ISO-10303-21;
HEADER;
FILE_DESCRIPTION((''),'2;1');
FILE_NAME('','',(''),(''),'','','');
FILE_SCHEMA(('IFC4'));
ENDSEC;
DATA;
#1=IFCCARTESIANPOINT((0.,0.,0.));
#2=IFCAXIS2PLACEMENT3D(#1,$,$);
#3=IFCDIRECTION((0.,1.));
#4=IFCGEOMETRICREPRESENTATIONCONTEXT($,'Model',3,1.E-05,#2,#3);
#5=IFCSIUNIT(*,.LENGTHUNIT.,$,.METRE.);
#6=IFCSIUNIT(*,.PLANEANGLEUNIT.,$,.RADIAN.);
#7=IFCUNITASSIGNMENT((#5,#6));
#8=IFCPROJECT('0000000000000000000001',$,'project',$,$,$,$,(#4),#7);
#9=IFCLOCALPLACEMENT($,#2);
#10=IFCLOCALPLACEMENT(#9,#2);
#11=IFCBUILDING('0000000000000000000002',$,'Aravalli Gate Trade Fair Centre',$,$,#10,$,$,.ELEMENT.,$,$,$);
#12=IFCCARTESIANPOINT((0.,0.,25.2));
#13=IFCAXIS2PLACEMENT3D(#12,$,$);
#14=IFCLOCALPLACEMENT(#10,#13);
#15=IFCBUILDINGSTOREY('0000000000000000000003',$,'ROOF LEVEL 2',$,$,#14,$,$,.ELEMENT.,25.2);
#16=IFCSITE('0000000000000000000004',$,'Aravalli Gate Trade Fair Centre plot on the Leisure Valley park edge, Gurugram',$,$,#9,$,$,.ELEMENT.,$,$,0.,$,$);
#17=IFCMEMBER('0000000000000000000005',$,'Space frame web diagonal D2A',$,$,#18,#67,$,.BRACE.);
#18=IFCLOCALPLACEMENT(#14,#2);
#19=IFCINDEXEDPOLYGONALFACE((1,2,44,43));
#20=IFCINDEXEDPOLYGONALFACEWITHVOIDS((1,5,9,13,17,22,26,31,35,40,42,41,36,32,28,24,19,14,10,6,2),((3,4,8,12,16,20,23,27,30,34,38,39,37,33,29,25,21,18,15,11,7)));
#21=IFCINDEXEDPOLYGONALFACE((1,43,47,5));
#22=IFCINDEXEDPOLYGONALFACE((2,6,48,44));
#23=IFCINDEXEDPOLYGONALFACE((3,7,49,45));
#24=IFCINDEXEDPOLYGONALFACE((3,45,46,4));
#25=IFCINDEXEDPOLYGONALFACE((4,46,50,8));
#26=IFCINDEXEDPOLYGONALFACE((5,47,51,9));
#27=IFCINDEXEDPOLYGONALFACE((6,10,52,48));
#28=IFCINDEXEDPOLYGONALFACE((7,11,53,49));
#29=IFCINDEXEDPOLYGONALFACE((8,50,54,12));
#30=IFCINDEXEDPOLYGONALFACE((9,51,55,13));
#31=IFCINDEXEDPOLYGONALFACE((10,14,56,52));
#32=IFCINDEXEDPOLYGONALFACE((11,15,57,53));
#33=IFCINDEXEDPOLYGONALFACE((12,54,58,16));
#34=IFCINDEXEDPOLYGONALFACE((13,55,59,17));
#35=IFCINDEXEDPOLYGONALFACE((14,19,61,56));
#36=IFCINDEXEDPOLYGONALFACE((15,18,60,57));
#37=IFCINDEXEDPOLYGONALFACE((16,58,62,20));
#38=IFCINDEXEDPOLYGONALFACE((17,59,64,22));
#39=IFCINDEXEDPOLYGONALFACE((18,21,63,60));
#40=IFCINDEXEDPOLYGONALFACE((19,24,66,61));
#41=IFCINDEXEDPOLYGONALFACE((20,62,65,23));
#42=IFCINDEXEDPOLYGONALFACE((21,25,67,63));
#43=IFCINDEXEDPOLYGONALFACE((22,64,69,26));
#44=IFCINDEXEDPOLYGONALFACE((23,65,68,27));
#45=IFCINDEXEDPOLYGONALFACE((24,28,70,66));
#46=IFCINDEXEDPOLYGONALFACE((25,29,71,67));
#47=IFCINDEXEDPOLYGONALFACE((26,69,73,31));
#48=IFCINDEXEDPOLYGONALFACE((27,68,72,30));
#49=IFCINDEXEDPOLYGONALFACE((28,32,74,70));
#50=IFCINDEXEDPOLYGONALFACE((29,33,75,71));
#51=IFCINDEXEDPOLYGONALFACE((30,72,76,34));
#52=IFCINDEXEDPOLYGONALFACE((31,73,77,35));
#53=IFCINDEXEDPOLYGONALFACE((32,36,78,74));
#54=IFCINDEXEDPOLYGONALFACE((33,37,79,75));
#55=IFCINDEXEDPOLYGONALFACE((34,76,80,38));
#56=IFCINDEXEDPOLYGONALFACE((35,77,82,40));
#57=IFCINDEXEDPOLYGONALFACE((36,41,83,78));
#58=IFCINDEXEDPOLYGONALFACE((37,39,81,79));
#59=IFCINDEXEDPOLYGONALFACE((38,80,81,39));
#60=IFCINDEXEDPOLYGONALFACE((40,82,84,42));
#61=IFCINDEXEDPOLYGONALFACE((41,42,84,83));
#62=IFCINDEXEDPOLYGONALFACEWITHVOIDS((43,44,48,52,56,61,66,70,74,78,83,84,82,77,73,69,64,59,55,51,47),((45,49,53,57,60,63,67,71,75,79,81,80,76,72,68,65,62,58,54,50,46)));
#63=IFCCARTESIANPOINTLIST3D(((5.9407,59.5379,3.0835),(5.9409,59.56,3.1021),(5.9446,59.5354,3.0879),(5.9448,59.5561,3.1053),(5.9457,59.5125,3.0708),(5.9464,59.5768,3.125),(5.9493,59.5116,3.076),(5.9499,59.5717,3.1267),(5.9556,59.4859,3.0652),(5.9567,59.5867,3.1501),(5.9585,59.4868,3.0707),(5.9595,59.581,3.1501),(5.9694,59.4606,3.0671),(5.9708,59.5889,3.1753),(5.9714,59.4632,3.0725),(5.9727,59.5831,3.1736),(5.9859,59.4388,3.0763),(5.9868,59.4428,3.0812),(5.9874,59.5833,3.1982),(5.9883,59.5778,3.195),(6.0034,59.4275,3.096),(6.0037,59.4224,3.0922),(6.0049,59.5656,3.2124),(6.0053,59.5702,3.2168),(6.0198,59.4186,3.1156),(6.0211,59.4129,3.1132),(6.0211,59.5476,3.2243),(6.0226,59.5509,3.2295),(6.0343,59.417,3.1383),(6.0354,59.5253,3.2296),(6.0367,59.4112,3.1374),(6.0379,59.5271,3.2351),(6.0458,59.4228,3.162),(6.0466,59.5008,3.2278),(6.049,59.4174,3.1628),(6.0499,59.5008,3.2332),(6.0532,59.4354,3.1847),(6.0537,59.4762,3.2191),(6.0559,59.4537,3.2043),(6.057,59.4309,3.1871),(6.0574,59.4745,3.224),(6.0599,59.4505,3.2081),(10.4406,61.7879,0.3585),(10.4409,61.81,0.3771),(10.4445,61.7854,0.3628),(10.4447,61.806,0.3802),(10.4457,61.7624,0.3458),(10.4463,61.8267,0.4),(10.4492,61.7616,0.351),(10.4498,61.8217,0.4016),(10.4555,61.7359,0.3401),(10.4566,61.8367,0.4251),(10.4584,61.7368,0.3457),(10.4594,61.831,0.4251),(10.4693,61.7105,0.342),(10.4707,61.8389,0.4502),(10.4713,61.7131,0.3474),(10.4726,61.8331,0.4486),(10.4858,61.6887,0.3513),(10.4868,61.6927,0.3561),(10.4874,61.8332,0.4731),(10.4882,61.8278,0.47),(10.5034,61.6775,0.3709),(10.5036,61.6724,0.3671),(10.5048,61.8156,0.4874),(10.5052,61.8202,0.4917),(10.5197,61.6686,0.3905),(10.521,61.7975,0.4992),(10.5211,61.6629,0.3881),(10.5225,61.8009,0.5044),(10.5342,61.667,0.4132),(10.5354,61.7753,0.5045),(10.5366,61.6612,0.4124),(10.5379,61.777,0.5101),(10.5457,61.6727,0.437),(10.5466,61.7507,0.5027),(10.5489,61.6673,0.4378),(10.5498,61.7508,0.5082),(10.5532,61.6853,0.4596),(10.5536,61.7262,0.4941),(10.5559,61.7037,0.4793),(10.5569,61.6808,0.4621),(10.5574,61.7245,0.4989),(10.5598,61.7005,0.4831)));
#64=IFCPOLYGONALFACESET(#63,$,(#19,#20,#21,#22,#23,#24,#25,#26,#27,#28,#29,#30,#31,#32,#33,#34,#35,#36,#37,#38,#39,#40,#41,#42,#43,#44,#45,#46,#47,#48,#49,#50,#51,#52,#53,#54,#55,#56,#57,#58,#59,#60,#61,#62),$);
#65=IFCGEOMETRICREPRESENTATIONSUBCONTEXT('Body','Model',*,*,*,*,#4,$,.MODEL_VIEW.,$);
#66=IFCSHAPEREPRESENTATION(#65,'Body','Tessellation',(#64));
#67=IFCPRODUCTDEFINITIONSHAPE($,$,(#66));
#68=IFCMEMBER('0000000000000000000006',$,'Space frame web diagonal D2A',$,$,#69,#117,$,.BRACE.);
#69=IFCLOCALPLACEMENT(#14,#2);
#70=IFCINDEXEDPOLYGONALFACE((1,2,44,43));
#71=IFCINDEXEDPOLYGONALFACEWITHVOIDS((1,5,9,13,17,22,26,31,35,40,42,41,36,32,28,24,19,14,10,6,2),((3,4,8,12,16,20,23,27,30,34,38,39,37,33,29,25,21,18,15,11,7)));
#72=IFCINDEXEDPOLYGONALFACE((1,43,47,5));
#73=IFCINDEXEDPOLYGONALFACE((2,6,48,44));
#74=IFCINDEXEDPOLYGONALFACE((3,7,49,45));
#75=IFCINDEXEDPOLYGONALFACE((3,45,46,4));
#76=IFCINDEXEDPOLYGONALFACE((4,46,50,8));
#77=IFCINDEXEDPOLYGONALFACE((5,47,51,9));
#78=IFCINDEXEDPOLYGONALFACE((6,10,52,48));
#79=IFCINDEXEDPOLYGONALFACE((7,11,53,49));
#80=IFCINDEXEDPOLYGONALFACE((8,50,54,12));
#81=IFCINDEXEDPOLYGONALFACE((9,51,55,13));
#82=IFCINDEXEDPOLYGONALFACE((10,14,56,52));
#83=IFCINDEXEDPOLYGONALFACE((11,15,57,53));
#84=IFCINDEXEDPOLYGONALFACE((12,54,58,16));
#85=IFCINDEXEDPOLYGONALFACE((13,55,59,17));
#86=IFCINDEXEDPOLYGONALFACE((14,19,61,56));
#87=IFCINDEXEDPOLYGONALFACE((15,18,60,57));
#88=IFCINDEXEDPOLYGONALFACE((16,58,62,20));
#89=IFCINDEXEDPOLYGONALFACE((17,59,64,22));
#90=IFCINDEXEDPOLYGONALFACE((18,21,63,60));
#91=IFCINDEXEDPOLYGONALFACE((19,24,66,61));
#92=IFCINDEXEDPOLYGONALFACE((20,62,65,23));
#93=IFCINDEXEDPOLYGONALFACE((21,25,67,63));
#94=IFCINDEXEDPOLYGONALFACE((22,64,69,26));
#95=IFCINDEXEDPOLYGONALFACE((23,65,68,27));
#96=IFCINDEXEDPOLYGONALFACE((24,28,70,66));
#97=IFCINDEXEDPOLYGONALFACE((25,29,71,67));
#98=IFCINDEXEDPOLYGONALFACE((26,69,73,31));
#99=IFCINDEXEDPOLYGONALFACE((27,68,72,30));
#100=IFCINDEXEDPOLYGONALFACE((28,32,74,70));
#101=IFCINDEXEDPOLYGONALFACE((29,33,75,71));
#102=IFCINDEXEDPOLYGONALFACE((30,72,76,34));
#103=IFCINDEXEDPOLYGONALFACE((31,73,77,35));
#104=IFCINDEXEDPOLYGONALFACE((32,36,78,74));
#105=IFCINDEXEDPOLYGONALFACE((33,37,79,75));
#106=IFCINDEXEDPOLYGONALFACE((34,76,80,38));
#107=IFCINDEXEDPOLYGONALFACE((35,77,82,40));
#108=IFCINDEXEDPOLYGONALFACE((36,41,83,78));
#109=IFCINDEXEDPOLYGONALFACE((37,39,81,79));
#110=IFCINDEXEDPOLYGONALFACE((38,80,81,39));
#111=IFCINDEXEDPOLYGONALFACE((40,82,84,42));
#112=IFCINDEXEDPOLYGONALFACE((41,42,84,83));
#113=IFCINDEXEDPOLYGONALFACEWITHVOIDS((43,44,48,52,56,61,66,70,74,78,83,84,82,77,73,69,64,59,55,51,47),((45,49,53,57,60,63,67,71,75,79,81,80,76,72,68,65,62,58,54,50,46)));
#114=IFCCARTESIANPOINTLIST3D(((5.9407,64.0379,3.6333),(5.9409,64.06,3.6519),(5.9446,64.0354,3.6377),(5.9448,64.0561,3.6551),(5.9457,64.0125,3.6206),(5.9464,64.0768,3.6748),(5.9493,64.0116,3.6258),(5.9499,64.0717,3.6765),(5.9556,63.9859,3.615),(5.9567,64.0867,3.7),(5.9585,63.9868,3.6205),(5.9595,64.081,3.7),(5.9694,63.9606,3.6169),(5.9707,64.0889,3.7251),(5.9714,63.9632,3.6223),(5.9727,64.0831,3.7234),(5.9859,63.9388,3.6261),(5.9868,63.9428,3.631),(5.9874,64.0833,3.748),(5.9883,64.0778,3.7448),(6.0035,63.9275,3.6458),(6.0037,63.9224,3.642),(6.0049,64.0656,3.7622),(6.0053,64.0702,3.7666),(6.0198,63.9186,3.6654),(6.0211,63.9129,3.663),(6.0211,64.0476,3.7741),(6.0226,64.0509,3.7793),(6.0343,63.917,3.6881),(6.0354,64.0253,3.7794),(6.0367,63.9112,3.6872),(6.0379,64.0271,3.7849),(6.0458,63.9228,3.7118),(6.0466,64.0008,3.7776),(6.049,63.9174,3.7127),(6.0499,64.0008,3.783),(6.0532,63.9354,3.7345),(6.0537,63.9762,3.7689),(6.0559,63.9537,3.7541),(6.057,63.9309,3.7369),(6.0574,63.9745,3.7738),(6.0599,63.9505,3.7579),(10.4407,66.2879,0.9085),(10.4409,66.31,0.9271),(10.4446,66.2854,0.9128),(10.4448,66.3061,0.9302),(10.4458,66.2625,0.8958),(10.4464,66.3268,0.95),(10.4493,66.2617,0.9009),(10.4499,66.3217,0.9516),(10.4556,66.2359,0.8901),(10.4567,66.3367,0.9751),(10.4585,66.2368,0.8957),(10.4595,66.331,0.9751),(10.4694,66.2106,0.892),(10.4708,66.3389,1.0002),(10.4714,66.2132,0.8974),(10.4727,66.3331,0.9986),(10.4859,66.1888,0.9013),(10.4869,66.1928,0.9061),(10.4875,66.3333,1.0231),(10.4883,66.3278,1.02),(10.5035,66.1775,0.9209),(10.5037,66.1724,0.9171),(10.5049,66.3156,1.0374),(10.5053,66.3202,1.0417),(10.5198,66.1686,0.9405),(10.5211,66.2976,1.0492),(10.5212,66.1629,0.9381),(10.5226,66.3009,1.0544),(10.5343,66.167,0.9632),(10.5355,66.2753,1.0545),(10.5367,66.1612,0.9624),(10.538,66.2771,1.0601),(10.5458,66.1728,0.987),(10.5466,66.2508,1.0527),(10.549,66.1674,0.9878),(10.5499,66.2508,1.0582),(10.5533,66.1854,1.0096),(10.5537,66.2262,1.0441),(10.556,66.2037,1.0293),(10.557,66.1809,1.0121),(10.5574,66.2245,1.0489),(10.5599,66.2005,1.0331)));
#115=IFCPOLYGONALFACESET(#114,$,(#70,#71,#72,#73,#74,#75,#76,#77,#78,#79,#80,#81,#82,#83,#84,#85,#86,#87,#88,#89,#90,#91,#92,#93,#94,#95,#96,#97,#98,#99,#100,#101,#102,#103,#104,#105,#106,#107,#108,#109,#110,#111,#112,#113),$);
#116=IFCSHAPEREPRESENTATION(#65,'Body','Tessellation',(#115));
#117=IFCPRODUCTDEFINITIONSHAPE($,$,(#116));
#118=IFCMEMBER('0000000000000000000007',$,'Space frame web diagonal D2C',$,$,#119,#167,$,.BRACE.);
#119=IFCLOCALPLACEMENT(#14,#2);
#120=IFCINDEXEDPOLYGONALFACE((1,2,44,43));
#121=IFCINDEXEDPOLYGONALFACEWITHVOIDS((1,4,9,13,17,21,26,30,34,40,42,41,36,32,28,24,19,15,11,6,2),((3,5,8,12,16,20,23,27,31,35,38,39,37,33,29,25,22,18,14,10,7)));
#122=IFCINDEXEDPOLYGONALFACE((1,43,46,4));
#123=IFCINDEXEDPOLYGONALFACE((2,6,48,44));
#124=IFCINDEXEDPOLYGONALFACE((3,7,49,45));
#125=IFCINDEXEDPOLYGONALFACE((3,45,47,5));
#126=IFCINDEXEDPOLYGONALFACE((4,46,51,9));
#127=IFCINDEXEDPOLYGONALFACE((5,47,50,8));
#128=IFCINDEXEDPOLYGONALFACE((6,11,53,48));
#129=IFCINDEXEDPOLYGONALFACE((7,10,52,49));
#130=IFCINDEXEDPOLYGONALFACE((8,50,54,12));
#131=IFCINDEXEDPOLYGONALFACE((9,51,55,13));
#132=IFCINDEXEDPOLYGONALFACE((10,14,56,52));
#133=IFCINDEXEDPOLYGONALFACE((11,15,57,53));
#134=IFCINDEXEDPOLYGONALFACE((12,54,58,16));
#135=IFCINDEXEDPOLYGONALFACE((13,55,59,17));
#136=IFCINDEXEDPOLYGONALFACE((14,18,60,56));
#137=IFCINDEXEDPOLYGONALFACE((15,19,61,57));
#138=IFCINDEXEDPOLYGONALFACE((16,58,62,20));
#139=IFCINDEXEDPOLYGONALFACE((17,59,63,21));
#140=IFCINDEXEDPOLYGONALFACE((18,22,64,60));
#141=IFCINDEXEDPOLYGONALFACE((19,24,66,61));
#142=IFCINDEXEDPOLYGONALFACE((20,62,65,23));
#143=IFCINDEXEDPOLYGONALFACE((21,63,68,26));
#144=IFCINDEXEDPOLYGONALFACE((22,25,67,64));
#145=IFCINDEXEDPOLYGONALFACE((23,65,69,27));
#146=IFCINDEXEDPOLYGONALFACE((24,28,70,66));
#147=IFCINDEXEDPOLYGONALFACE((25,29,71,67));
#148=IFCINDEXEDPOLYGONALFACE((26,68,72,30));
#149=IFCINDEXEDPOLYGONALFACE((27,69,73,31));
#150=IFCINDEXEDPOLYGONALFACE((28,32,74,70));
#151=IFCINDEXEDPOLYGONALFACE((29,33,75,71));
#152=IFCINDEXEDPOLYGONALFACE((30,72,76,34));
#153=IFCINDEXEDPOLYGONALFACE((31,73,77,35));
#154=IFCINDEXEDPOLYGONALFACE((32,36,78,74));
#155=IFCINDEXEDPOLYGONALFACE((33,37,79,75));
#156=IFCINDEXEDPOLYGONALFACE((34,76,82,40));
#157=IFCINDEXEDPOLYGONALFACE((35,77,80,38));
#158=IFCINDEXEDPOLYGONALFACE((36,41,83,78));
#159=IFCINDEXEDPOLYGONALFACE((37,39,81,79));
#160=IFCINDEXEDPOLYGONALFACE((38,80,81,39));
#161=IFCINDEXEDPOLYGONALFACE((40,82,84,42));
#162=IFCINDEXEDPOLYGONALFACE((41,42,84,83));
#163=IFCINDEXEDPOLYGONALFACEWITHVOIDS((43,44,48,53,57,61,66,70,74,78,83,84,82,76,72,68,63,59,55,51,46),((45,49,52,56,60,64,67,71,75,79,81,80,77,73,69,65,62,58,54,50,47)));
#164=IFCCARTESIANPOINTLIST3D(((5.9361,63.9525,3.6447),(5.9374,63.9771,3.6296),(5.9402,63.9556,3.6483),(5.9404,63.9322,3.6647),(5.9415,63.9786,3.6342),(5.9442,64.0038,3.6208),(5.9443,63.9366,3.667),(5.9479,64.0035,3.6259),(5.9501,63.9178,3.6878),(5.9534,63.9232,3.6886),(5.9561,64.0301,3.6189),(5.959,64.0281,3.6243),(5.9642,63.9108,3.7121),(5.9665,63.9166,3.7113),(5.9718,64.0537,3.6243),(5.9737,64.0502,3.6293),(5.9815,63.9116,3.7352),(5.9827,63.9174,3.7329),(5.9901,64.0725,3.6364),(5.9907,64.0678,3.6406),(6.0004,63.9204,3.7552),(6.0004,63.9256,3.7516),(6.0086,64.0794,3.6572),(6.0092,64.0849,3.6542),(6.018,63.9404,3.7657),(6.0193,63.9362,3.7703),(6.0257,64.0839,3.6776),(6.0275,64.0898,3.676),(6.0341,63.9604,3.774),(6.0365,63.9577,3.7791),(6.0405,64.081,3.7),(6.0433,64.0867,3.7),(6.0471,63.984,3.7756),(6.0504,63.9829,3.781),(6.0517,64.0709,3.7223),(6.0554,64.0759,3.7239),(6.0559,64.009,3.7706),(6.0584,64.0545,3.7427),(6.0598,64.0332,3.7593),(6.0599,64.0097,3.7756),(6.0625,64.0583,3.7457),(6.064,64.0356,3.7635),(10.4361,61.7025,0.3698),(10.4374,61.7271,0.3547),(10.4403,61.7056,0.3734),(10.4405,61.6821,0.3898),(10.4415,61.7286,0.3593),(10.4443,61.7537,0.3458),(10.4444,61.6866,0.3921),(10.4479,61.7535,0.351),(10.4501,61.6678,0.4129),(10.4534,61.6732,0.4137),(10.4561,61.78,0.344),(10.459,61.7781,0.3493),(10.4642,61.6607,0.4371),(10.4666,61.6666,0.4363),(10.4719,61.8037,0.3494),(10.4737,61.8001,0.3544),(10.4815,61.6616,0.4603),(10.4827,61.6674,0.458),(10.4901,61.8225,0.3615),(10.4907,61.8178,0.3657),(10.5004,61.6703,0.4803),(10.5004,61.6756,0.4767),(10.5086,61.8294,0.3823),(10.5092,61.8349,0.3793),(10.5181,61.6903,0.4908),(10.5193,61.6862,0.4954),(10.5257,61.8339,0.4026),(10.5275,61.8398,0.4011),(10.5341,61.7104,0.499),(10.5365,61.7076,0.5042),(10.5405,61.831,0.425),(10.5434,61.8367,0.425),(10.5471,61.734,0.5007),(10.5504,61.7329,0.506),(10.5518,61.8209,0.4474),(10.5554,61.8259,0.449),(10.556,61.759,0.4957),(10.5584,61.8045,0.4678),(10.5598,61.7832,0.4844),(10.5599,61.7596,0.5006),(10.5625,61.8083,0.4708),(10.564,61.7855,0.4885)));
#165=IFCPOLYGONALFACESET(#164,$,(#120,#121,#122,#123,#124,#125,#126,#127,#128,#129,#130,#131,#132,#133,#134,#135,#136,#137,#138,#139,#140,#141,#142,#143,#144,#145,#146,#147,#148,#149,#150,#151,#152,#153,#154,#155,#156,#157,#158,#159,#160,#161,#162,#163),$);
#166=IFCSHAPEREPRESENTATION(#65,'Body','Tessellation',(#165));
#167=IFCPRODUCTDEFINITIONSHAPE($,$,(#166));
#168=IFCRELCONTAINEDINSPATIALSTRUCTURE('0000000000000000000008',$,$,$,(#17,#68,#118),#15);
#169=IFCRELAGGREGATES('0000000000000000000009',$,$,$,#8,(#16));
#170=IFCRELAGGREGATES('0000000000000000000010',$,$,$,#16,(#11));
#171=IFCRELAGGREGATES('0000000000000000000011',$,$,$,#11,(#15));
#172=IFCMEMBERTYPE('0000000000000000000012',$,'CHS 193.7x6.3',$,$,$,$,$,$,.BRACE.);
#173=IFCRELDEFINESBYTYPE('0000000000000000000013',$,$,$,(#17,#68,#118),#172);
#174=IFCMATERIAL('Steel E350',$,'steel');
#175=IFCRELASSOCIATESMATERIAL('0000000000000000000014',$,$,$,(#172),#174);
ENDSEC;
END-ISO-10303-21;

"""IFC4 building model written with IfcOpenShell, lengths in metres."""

from ifc_helpers import new_model, si_unit, direction, frame, origin, origin_2d, place, context, subcontext, project, spatial, hollow_circle, extrude, material, material_profile, profile_set, type_object, element, save


model = new_model("IFC4")

# Units and contexts
model_context = context("Model", 3, precision=1e-05, world=origin(), true_north=direction((0.0, 1.0)))
body_context = subcontext(model_context, "Body", "Model", "MODEL_VIEW")
ifc_project = project(units=[si_unit("LENGTHUNIT", "METRE"), si_unit("PLANEANGLEUNIT", "RADIAN")], contexts=[model_context])

# Site, building, storey
site_placement = place(None, origin())
site = spatial("IfcSite", under=ifc_project, at=site_placement, Name="Aravalli Gate Trade Fair Centre plot on the Leisure Valley park edge, Gurugram", CompositionType="ELEMENT", RefElevation=0.0)
building_placement = place(site_placement, origin())
building = spatial("IfcBuilding", under=site, at=building_placement, Name="Aravalli Gate Trade Fair Centre", CompositionType="ELEMENT")
storey_placement = place(building_placement, frame((0.0, 0.0, 25.2)))
storey = spatial("IfcBuildingStorey", under=building, at=storey_placement, Name="ROOF LEVEL 2", CompositionType="ELEMENT", Elevation=25.2)

# Members
ifc_material_1 = material(Name="Steel E350", Category="steel")
ifc_material_profile_1 = material_profile(ifc_material_1, hollow_circle(Radius=0.0969, WallThickness=0.0063, at=origin_2d()), Name="CHS 193.7x6.3")
ifc_profile_set_1 = profile_set([ifc_material_profile_1], Name="Steel E350")
member_type_1 = type_object("IfcMemberType", Name="CHS 193.7x6.3", PredefinedType="BRACE", material=ifc_profile_set_1)
for number, where, z_axis, x_axis, name in (
    (1, (6.0, 59.5, 3.1501), (0.78647, 0.393235, -0.476268), (-0.447214, 0.894427, 0.0), "Space frame web diagonal D2A"),
    (2, (6.0, 64.0, 3.7), (0.786486, 0.393243, -0.476235), (-0.447214, 0.894427, 0.0), "Space frame web diagonal D2A"),
):
    element("IfcMember", number, at=place(storey_placement, frame(where, z_axis=z_axis, x_axis=x_axis)), inside=storey, type_object=member_type_1, Name=name, PredefinedType="BRACE", context=body_context, shape_type="SweptSolid", body=[
        extrude(hollow_circle(Radius=0.0969, WallThickness=0.0063, at=origin_2d()), origin(), (0.0, 0.0, 1.0), 5.7217),
    ])
member_1_placement = place(storey_placement, frame((6.0, 64.0, 3.7), z_axis=(0.74961, -0.374805, -0.545533), x_axis=(0.447214, 0.894427, 0.0)))
element("IfcMember", 3, at=member_1_placement, inside=storey, type_object=member_type_1, Name="Space frame web diagonal D2C", PredefinedType="BRACE", context=body_context, shape_type="SweptSolid", body=[
    extrude(hollow_circle(Radius=0.0969, WallThickness=0.0063, at=origin_2d()), origin(), (0.0, 0.0, 1.0), 6.0032),
])

save(model, "model.ifc")
